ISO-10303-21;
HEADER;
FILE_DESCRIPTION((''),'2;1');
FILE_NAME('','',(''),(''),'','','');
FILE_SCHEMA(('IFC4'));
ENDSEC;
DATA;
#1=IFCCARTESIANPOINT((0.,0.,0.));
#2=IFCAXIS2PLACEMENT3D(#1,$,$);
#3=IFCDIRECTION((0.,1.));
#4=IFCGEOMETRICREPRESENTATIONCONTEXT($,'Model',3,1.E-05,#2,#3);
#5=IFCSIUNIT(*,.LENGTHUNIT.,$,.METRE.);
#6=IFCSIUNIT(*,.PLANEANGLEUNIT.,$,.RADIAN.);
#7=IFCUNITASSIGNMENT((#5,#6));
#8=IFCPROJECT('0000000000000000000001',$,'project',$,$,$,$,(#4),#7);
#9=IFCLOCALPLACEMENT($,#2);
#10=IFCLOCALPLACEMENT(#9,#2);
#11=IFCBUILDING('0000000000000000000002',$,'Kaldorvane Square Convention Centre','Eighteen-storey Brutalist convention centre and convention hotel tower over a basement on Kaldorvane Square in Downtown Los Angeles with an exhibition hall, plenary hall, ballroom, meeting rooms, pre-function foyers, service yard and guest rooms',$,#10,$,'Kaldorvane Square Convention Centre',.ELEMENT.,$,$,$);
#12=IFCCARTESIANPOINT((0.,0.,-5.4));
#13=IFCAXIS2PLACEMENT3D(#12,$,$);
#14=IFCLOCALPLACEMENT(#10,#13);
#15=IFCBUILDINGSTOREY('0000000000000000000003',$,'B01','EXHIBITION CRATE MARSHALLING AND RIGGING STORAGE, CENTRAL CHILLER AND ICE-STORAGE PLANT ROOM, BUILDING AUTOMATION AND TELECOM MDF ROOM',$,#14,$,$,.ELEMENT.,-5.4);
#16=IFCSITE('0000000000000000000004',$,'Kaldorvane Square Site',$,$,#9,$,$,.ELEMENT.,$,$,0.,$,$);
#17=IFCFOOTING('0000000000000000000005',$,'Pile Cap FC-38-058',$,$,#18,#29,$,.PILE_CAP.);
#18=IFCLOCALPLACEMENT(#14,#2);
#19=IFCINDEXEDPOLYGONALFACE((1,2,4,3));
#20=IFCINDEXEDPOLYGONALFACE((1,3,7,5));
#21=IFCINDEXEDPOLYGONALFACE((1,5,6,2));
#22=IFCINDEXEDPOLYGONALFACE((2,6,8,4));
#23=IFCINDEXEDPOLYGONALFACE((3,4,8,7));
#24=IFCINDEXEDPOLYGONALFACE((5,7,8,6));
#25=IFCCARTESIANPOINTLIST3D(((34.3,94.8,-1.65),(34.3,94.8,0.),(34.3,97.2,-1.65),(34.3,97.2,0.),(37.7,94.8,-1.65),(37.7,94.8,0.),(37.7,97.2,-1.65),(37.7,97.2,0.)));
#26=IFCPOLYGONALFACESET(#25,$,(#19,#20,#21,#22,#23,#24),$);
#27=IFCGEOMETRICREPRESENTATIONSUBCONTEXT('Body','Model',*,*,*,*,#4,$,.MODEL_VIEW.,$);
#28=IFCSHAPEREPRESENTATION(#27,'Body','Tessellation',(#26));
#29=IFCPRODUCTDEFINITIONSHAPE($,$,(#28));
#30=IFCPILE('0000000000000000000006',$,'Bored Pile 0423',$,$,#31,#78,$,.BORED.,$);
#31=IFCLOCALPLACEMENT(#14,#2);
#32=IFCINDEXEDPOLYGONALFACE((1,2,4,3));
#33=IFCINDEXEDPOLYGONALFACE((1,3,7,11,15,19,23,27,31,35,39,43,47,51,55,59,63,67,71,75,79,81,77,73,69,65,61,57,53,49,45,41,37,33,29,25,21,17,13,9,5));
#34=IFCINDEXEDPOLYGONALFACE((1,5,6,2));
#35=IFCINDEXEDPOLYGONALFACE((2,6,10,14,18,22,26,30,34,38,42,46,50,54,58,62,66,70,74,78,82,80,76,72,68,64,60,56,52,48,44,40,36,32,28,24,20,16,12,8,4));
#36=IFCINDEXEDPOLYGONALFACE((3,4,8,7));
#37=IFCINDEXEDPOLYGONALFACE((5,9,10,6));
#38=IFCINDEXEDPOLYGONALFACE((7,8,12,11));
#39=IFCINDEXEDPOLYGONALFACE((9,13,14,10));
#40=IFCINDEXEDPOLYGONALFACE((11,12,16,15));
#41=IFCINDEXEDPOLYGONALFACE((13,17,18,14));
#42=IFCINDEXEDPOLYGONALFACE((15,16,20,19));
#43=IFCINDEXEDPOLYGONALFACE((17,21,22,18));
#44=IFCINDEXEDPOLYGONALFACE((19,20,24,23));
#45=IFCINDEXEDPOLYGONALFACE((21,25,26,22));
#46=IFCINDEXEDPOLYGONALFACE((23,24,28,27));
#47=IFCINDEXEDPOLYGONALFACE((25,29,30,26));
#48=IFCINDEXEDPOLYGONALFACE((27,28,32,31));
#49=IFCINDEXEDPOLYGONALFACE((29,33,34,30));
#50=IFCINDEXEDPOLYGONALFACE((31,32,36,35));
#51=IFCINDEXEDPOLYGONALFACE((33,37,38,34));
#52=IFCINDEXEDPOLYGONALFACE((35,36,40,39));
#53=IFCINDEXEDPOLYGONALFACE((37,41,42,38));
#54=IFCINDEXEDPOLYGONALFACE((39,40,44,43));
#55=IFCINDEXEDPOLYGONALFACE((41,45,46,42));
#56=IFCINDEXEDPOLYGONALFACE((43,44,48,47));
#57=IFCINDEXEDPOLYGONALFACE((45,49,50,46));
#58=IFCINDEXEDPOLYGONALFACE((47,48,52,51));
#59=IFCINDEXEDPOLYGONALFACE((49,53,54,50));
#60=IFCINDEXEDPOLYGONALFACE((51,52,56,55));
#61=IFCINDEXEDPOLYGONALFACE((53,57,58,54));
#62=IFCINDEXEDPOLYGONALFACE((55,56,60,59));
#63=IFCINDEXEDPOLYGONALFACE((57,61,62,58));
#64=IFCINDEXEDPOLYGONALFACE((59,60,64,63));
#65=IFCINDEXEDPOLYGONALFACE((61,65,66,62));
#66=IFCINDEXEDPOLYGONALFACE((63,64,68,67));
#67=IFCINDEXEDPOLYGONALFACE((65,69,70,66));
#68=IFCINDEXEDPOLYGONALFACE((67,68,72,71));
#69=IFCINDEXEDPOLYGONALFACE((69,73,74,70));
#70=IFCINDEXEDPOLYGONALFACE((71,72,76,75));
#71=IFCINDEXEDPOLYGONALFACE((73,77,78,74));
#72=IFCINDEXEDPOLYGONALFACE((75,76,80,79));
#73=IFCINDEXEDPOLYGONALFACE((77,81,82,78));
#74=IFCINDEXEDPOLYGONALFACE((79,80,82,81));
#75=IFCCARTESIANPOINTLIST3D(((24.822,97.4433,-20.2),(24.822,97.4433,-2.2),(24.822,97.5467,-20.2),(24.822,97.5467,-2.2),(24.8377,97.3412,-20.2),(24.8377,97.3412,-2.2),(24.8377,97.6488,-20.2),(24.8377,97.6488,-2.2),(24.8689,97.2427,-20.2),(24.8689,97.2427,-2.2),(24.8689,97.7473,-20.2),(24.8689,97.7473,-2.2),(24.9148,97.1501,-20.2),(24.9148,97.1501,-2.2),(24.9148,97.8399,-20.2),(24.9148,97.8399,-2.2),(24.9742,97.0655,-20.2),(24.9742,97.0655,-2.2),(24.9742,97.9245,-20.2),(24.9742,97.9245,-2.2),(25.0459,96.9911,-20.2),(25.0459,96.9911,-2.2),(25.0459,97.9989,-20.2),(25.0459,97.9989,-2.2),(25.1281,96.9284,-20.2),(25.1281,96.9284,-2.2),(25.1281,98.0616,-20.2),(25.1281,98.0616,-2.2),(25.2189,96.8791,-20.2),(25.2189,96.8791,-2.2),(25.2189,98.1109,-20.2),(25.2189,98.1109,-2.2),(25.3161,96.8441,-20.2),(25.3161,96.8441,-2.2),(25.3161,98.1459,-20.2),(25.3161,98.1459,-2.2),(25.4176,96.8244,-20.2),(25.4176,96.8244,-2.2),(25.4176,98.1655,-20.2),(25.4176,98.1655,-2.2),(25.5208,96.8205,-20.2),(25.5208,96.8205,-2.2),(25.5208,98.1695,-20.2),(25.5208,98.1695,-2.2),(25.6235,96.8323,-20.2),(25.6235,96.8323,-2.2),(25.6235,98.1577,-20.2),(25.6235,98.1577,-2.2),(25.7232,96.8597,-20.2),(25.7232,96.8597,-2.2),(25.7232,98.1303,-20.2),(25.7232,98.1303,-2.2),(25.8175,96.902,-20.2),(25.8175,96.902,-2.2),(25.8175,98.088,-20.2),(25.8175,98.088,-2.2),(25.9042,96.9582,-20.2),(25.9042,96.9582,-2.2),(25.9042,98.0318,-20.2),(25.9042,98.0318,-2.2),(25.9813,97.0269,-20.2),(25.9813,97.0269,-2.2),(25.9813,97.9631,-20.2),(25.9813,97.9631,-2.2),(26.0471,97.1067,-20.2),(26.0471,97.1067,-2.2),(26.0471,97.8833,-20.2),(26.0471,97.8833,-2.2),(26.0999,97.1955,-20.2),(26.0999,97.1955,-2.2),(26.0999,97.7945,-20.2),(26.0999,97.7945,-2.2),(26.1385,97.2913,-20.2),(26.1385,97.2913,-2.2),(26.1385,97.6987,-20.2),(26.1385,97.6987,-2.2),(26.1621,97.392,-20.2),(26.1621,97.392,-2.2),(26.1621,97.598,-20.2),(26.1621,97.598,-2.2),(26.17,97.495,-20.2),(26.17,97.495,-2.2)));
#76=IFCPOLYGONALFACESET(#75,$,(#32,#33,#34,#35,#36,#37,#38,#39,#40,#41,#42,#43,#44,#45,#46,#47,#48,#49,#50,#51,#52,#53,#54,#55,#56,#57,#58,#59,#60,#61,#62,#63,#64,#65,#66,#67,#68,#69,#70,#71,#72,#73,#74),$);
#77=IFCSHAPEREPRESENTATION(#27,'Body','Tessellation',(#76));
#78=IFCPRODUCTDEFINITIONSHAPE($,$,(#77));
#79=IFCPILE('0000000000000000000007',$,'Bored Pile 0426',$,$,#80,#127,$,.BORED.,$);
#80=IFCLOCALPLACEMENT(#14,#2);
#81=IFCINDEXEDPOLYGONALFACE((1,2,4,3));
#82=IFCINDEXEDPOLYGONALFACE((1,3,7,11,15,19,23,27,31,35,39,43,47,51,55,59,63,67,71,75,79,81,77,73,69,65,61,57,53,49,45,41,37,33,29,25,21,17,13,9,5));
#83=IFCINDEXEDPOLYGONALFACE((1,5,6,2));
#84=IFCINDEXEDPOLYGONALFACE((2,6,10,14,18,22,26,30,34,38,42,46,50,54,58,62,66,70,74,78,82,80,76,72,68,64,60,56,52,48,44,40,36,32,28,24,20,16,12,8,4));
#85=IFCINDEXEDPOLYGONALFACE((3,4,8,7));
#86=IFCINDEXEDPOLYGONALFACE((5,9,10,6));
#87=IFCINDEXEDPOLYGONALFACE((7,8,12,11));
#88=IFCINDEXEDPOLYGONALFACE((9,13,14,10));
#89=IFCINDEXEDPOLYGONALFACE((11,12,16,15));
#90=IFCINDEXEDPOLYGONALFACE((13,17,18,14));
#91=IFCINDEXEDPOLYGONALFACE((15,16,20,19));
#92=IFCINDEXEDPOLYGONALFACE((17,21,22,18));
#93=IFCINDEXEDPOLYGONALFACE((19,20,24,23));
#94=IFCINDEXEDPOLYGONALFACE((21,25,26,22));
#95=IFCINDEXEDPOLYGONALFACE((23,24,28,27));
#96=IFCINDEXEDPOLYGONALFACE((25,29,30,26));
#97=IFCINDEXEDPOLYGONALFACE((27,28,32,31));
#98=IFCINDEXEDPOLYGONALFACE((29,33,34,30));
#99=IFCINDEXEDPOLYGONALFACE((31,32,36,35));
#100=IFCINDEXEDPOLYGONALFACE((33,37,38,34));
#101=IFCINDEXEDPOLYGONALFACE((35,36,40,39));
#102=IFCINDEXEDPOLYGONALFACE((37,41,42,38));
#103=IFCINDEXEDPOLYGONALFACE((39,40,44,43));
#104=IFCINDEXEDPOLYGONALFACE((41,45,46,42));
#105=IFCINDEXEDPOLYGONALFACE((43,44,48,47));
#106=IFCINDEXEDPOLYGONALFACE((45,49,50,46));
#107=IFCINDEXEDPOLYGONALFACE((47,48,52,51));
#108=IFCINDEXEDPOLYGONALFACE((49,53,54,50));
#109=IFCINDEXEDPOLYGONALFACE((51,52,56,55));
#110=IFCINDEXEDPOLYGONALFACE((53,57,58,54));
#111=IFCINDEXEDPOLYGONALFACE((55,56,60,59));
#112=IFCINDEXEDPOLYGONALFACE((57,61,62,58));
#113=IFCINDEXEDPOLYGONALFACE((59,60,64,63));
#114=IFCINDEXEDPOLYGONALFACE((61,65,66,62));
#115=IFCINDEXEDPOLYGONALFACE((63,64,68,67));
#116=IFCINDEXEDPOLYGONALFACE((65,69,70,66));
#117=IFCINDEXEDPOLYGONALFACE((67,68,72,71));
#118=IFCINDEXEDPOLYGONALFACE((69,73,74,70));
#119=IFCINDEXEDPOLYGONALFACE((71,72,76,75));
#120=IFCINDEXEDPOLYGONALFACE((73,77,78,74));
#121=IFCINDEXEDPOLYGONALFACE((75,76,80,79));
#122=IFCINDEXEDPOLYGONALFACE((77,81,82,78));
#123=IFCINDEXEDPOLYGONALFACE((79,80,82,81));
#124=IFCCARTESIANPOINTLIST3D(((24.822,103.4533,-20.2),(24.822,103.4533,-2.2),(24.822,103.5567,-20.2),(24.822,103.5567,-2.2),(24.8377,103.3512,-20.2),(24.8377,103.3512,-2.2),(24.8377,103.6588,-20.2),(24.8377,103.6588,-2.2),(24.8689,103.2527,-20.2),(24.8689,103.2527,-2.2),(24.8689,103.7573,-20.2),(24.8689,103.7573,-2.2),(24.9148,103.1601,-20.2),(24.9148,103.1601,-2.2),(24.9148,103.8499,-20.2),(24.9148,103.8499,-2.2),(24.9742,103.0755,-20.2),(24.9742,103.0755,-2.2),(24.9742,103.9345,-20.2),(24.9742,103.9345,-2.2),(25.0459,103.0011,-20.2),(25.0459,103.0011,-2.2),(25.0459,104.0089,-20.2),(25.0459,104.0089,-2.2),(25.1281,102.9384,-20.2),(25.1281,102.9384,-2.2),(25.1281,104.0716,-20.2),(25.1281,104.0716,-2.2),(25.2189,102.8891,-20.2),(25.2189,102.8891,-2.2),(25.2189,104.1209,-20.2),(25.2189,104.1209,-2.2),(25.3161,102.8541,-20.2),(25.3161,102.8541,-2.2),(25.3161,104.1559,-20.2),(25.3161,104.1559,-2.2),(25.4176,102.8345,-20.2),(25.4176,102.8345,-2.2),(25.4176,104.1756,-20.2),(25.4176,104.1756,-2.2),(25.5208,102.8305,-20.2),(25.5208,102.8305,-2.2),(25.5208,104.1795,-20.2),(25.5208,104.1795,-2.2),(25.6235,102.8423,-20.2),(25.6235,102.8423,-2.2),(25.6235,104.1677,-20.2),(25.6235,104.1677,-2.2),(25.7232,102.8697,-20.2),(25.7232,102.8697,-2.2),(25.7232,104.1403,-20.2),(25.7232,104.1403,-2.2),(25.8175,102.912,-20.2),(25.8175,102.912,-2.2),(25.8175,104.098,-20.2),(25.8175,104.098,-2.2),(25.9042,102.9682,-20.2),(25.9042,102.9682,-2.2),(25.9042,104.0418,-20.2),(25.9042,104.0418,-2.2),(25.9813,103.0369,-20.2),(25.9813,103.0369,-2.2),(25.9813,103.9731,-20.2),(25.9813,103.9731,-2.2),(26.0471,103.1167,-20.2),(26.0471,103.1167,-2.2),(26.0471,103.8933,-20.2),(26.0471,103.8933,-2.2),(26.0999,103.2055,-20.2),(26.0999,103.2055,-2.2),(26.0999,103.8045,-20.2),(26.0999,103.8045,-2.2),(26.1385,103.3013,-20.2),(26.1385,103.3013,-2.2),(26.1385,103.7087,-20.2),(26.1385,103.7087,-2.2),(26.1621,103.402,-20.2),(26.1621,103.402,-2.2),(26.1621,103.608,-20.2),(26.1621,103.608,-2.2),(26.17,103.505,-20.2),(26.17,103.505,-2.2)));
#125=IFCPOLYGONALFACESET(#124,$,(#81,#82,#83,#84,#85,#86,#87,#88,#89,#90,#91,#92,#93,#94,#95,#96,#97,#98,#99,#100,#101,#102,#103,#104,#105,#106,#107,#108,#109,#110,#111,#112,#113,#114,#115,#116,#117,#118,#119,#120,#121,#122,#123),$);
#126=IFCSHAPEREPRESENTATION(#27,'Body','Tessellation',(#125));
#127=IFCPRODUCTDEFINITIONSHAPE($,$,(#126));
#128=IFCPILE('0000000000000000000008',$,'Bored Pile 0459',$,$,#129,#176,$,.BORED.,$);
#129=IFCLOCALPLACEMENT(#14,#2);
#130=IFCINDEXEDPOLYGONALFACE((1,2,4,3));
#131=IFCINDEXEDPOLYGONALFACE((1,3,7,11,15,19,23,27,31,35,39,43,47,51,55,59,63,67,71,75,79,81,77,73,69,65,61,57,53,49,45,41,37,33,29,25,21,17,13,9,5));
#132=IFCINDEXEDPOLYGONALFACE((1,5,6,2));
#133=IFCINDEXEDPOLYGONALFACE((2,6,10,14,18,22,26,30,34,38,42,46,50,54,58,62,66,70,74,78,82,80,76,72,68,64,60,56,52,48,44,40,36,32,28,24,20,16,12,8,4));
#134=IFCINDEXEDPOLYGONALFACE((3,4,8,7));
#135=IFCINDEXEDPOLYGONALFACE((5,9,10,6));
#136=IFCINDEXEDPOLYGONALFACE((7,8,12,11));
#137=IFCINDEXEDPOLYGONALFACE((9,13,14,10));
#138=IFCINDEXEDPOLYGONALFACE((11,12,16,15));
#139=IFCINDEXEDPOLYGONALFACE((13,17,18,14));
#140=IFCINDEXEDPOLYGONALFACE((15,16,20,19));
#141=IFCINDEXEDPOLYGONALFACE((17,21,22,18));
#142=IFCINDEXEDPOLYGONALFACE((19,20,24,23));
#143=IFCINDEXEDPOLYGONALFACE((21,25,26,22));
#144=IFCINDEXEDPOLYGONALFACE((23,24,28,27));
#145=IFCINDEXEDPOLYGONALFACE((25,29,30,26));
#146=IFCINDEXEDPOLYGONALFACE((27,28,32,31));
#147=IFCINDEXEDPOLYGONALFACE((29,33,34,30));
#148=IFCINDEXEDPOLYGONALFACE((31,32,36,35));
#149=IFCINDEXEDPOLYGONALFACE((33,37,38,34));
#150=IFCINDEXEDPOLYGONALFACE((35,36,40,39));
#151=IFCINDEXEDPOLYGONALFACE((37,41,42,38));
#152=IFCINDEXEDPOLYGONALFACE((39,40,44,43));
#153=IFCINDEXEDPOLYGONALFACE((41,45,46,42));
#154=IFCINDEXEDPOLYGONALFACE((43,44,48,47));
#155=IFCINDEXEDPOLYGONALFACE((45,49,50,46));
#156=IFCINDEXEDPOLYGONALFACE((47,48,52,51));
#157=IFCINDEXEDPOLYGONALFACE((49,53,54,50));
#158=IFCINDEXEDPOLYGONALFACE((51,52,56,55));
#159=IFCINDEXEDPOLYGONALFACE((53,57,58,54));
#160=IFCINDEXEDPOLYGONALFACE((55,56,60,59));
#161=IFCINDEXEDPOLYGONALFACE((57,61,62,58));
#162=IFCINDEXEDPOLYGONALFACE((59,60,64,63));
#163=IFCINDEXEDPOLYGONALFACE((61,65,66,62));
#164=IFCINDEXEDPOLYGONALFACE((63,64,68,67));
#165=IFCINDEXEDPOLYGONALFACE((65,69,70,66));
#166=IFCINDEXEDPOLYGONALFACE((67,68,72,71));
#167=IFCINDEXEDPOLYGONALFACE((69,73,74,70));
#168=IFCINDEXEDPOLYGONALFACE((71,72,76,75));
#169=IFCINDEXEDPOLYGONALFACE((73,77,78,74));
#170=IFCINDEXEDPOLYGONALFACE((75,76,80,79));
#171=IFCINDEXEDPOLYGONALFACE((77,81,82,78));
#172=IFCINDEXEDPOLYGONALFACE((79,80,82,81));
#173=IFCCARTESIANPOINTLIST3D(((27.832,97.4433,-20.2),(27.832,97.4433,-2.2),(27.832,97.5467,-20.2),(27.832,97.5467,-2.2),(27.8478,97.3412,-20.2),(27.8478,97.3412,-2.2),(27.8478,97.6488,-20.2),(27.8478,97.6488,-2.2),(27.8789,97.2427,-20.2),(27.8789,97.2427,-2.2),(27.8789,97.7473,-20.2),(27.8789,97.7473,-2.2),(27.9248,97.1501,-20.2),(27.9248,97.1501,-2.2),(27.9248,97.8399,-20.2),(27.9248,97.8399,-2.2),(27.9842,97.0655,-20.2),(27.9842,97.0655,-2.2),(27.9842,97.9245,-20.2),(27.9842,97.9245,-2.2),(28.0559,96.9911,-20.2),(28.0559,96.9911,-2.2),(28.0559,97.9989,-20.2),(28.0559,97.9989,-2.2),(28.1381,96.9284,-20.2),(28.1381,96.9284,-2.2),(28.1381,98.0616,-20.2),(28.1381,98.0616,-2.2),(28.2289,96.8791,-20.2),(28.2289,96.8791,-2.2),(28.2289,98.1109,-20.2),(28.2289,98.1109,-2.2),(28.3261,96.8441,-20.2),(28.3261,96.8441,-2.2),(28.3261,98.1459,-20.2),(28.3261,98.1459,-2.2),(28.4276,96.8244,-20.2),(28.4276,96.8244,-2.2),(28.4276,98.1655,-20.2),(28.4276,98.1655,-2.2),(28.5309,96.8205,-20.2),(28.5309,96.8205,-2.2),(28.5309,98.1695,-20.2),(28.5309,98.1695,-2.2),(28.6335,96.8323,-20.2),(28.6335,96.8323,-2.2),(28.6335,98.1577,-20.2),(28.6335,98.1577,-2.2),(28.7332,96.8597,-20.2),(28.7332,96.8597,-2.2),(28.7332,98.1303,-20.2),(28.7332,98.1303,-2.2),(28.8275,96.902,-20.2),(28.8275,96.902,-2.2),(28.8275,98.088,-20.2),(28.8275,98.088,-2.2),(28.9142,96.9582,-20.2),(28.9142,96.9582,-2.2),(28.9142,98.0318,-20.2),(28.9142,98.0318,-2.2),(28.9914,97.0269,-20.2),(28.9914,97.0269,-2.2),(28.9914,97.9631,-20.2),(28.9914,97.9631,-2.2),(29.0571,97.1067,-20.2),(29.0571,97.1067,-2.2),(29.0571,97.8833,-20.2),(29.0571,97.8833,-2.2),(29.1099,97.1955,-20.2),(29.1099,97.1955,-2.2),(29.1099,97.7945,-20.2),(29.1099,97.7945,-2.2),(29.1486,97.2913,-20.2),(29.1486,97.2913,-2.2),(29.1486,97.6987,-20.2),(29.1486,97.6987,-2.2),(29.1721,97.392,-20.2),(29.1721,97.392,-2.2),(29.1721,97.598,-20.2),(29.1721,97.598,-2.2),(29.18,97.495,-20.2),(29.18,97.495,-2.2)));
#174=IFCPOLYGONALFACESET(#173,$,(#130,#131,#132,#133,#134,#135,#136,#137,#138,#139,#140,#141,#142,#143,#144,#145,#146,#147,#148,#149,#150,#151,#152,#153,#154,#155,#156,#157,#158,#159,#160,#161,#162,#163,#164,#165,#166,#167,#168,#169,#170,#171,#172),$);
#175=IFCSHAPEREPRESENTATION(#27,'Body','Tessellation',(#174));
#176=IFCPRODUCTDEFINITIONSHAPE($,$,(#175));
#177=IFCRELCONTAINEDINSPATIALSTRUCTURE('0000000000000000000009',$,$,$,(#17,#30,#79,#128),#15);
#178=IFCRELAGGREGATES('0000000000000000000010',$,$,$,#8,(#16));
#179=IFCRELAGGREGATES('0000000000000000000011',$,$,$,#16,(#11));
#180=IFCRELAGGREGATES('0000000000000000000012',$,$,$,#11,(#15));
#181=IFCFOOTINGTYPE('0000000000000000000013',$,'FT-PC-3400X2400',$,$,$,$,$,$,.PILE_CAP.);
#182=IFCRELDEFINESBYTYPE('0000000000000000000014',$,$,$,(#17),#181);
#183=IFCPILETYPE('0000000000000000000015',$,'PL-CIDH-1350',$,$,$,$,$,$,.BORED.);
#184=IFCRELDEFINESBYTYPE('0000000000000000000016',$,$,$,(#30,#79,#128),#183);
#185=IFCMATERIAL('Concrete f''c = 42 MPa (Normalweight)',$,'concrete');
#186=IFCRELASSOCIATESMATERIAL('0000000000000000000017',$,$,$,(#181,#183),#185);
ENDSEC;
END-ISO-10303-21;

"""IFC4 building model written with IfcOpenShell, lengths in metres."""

from ifc_helpers import new_model, si_unit, direction, frame, origin, origin_2d, place, context, subcontext, project, spatial, rectangle, circle, extrude, material, material_profile, profile_set, type_object, element, save


model = new_model("IFC4")

# Units and contexts
model_context = context("Model", 3, precision=1e-05, world=origin(), true_north=direction((0.0, 1.0)))
body_context = subcontext(model_context, "Body", "Model", "MODEL_VIEW")
ifc_project = project(units=[si_unit("LENGTHUNIT", "METRE"), si_unit("PLANEANGLEUNIT", "RADIAN")], contexts=[model_context])

# Site, building, storey
site_placement = place(None, origin())
site = spatial("IfcSite", under=ifc_project, at=site_placement, Name="Kaldorvane Square Site", CompositionType="ELEMENT", RefElevation=0.0)
building_placement = place(site_placement, origin())
building = spatial("IfcBuilding", under=site, at=building_placement, Name="Kaldorvane Square Convention Centre", Description="Eighteen-storey Brutalist convention centre and convention hotel tower over a basement on Kaldorvane Square in Downtown Los Angeles with an exhibition hall, plenary hall, ballroom, meeting rooms, pre-function foyers, service yard and guest rooms", LongName="Kaldorvane Square Convention Centre", CompositionType="ELEMENT")
storey_placement = place(building_placement, frame((0.0, 0.0, -5.4)))
storey = spatial("IfcBuildingStorey", under=building, at=storey_placement, Name="B01", Description="EXHIBITION CRATE MARSHALLING AND RIGGING STORAGE, CENTRAL CHILLER AND ICE-STORAGE PLANT ROOM, BUILDING AUTOMATION AND TELECOM MDF ROOM", CompositionType="ELEMENT", Elevation=-5.4)

# Footing
ifc_material_1 = material(Name="Concrete f'c = 42 MPa (Normalweight)", Category="concrete")
footing_type = type_object("IfcFootingType", Name="FT-PC-3400X2400", PredefinedType="PILE_CAP", material=ifc_material_1)
footing_placement = place(storey_placement, frame((36.0, 96.0, -1.65), z_axis=(0.0, 0.0, 1.0), x_axis=(1.0, 0.0, 0.0)))
element("IfcFooting", 1, at=footing_placement, inside=storey, type_object=footing_type, Name="Pile Cap FC-38-058", PredefinedType="PILE_CAP", context=body_context, shape_type="SweptSolid", body=[
    extrude(rectangle(XDim=3.4, YDim=2.4, at=origin_2d()), origin(), (0.0, 0.0, 1.0), 1.65),
])

# Piles
ifc_material_profile_1 = material_profile(ifc_material_1, circle(Radius=0.675, at=origin_2d()), Name="PILE-D1350")
ifc_profile_set_1 = profile_set([ifc_material_profile_1], Name="Concrete f'c = 42 MPa (Normalweight)")
pile_type_1 = type_object("IfcPileType", Name="PL-CIDH-1350", PredefinedType="BORED", material=ifc_profile_set_1)
for number, where, z_axis, x_axis, name in (
    (2, (25.495, 97.495, -2.2), (0.0, 0.0, -1.0), (1.0, 0.0, 0.0), "Bored Pile 0423"),
    (3, (25.495, 103.505, -2.2), (0.0, 0.0, -1.0), (1.0, 0.0, 0.0), "Bored Pile 0426"),
    (4, (28.505, 97.495, -2.2), (0.0, 0.0, -1.0), (1.0, 0.0, 0.0), "Bored Pile 0459"),
):
    element("IfcPile", number, at=place(storey_placement, frame(where, z_axis=z_axis, x_axis=x_axis)), inside=storey, type_object=pile_type_1, Name=name, PredefinedType="BORED", context=body_context, shape_type="SweptSolid", body=[
        extrude(circle(Radius=0.675, at=origin_2d()), origin(), (0.0, 0.0, 1.0), 18.0),
    ])

save(model, "model.ifc")
